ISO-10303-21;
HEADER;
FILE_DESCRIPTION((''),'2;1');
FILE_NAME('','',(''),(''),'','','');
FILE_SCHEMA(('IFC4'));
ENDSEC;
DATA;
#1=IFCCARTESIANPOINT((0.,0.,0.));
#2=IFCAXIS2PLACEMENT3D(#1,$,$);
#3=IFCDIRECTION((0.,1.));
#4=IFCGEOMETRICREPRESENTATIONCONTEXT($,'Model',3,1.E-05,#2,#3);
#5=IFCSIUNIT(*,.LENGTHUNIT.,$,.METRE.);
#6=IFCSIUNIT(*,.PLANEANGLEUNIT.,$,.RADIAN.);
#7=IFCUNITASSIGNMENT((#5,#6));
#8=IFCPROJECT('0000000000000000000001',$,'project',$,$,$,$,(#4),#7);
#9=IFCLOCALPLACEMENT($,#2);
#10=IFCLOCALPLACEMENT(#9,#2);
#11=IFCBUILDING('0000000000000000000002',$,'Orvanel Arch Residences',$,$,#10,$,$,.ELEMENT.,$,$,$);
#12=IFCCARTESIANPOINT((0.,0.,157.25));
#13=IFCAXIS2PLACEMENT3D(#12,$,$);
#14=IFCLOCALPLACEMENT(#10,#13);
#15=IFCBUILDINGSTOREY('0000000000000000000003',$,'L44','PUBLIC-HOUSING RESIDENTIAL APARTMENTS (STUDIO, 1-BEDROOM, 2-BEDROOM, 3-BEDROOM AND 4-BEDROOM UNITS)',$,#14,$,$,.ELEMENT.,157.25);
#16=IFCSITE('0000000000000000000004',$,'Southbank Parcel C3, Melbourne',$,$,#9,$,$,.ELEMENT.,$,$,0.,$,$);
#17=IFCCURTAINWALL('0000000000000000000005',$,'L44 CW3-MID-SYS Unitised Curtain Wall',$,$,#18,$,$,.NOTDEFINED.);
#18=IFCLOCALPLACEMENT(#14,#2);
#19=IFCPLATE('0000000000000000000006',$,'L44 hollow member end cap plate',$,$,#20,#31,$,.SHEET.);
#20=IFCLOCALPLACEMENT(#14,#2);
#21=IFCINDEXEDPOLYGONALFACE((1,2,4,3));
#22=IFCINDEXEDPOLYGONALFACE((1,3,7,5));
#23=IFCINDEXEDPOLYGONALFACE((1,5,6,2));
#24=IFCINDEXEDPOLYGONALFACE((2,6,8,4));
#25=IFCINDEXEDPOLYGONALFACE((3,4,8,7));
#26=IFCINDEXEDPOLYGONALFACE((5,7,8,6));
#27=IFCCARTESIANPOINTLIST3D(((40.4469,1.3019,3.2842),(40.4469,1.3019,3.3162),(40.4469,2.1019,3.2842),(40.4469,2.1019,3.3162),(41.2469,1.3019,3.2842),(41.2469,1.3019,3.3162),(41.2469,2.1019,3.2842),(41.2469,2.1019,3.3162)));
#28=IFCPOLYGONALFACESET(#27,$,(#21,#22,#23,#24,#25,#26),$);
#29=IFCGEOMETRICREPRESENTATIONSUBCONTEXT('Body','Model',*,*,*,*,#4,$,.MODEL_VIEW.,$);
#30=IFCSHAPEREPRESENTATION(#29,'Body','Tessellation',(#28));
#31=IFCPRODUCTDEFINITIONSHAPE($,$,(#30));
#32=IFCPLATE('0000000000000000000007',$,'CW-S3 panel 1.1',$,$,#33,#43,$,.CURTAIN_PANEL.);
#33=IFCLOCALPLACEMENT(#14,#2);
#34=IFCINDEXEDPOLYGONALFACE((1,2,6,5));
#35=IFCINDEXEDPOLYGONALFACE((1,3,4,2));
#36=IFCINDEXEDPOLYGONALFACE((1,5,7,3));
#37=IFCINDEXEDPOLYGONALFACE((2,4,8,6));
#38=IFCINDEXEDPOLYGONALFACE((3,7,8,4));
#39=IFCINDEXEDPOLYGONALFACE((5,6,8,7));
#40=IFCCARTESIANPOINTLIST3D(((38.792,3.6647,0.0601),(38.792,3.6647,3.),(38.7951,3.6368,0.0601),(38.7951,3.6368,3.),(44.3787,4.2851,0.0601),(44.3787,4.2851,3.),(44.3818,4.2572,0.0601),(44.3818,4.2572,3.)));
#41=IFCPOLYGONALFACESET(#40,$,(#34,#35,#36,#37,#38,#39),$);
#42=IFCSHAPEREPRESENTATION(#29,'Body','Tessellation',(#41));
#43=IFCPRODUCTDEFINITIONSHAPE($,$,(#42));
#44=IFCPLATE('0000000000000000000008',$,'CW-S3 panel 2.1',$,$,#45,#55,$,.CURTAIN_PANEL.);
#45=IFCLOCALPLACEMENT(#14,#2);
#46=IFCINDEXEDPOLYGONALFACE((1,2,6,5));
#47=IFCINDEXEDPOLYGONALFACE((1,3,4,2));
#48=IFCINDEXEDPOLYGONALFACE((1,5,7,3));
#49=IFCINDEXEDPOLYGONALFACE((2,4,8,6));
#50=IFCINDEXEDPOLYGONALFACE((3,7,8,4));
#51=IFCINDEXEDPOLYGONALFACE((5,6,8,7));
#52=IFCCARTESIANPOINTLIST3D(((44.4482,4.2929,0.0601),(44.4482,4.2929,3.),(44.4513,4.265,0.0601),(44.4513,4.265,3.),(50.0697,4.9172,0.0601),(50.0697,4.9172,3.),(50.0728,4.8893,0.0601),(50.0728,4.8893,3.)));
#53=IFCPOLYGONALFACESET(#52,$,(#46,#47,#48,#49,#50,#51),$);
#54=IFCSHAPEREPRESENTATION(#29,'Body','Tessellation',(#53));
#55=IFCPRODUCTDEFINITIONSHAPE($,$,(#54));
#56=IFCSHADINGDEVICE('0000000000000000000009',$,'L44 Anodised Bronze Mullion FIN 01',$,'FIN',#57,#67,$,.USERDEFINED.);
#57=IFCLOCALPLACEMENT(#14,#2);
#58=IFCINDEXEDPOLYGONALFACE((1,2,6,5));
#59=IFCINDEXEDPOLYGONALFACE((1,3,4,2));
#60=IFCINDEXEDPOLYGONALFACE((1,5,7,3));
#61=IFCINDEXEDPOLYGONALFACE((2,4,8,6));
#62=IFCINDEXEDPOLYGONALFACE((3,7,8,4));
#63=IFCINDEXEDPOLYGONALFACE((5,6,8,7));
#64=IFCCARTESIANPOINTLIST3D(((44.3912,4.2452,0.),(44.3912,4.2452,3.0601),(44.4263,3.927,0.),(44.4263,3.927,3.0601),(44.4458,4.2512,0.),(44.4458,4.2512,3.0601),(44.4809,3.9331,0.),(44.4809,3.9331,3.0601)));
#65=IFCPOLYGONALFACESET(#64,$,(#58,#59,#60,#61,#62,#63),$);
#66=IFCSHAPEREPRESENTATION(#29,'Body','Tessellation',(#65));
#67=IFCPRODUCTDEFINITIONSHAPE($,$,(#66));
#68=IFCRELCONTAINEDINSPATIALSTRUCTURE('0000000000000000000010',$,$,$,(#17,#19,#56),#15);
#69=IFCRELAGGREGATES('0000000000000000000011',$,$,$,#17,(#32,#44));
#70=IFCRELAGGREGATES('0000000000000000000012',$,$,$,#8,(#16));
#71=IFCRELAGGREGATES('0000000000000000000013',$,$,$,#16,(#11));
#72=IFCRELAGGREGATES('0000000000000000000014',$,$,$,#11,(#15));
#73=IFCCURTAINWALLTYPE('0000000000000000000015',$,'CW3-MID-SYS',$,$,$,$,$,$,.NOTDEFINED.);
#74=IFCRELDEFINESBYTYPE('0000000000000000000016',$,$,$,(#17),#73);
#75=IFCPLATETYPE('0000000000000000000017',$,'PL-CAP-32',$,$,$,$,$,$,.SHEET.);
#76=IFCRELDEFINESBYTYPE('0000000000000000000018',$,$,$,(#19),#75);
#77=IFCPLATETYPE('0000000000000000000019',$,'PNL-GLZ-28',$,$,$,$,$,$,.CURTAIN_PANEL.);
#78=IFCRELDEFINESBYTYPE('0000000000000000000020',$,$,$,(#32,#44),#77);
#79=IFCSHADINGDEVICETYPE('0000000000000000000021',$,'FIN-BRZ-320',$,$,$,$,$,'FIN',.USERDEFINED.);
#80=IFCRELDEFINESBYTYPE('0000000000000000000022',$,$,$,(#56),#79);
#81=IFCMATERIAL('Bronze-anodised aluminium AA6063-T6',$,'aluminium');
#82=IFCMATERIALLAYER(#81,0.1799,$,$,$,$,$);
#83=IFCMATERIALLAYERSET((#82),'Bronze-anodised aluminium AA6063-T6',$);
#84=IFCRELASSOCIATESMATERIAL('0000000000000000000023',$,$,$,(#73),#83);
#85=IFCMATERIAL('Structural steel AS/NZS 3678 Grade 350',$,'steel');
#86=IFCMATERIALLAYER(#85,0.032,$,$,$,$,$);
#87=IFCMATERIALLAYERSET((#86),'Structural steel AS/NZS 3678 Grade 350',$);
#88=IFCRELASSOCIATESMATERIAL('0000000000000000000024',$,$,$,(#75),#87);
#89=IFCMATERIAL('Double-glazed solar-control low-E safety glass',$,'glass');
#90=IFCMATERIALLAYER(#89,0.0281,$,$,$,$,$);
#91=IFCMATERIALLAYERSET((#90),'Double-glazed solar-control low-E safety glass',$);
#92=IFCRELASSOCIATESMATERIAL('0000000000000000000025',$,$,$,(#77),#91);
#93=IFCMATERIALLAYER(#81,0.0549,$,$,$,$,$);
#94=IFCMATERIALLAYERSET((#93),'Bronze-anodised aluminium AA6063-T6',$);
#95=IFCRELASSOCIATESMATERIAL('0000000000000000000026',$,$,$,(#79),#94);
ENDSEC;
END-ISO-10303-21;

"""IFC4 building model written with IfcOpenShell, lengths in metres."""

from ifc_helpers import new_model, si_unit, direction, frame, origin, origin_2d, place, context, subcontext, project, spatial, rectangle, extrude, material, layer, layer_set, type_object, element, aggregate, save


model = new_model("IFC4")

# Units and contexts
model_context = context("Model", 3, precision=1e-05, world=origin(), true_north=direction((0.0, 1.0)))
body_context = subcontext(model_context, "Body", "Model", "MODEL_VIEW")
ifc_project = project(units=[si_unit("LENGTHUNIT", "METRE"), si_unit("PLANEANGLEUNIT", "RADIAN")], contexts=[model_context])

# Site, building, storey
site_placement = place(None, origin())
site = spatial("IfcSite", under=ifc_project, at=site_placement, Name="Southbank Parcel C3, Melbourne", CompositionType="ELEMENT", RefElevation=0.0)
building_placement = place(site_placement, origin())
building = spatial("IfcBuilding", under=site, at=building_placement, Name="Orvanel Arch Residences", CompositionType="ELEMENT")
storey_placement = place(building_placement, frame((0.0, 0.0, 157.25)))
storey = spatial("IfcBuildingStorey", under=building, at=storey_placement, Name="L44", Description="PUBLIC-HOUSING RESIDENTIAL APARTMENTS (STUDIO, 1-BEDROOM, 2-BEDROOM, 3-BEDROOM AND 4-BEDROOM UNITS)", CompositionType="ELEMENT", Elevation=157.25)

# Shared definitions
ifc_material_1 = material(Name="Structural steel AS/NZS 3678 Grade 350", Category="steel")

# Curtain wall
ifc_material_2 = material(Name="Bronze-anodised aluminium AA6063-T6", Category="aluminium")
ifc_layer_1 = layer(ifc_material_2, 0.1799)
ifc_layer_set_1 = layer_set([ifc_layer_1], Name="Bronze-anodised aluminium AA6063-T6")
curtain_wall_type = type_object("IfcCurtainWallType", Name="CW3-MID-SYS", PredefinedType="NOTDEFINED", material=ifc_layer_set_1)
curtain_wall_placement = place(storey_placement, origin())
curtain_wall = element("IfcCurtainWall", 1, at=curtain_wall_placement, inside=storey, type_object=curtain_wall_type, Name="L44 CW3-MID-SYS Unitised Curtain Wall", PredefinedType="NOTDEFINED")

# Plates
ifc_layer_2 = layer(ifc_material_1, 0.032)
ifc_layer_set_2 = layer_set([ifc_layer_2], Name="Structural steel AS/NZS 3678 Grade 350")
plate_type_1 = type_object("IfcPlateType", Name="PL-CAP-32", PredefinedType="SHEET", material=ifc_layer_set_2)
plate_1_placement = place(storey_placement, frame((40.8469, 1.7019, 3.2842), z_axis=(0.0, 0.0, 1.0), x_axis=(1.0, 0.0, 0.0)))
element("IfcPlate", 2, at=plate_1_placement, inside=storey, type_object=plate_type_1, Name="L44 hollow member end cap plate", PredefinedType="SHEET", context=body_context, shape_type="SweptSolid", body=[
    extrude(rectangle(XDim=0.8, YDim=0.8, at=origin_2d()), origin(), (0.0, 0.0, 1.0), 0.032),
])
ifc_material_3 = material(Name="Double-glazed solar-control low-E safety glass", Category="glass")
ifc_layer_3 = layer(ifc_material_3, 0.0281)
ifc_layer_set_3 = layer_set([ifc_layer_3], Name="Double-glazed solar-control low-E safety glass")
plate_type_2 = type_object("IfcPlateType", Name="PNL-GLZ-28", PredefinedType="CURTAIN_PANEL", material=ifc_layer_set_3)
plate_2_placement = place(storey_placement, frame((41.5869, 3.9609, 0.0601), z_axis=(0.0, 0.0, 1.0), x_axis=(0.99389, 0.110374, 0.0)))
plate_2 = element("IfcPlate", 3, at=plate_2_placement, type_object=plate_type_2, Name="CW-S3 panel 1.1", PredefinedType="CURTAIN_PANEL", context=body_context, shape_type="SweptSolid", body=[
    extrude(rectangle(XDim=5.6211, YDim=0.0281, at=origin_2d()), origin(), (0.0, 0.0, 1.0), 2.9399),
])
plate_3_placement = place(storey_placement, frame((47.2605, 4.5911, 0.0601), z_axis=(0.0, 0.0, 1.0), x_axis=(0.99389, 0.110374, 0.0)))
plate_3 = element("IfcPlate", 4, at=plate_3_placement, type_object=plate_type_2, Name="CW-S3 panel 2.1", PredefinedType="CURTAIN_PANEL", context=body_context, shape_type="SweptSolid", body=[
    extrude(rectangle(XDim=5.656, YDim=0.0281, at=origin_2d()), origin(), (0.0, 0.0, 1.0), 2.9399),
])
aggregate(curtain_wall, [plate_2, plate_3])

# Shading device
ifc_layer_4 = layer(ifc_material_2, 0.0549)
ifc_layer_set_4 = layer_set([ifc_layer_4], Name="Bronze-anodised aluminium AA6063-T6")
shading_device_type = type_object("IfcShadingDeviceType", Name="FIN-BRZ-320", ElementType="FIN", PredefinedType="USERDEFINED", material=ifc_layer_set_4)
shading_device_placement = place(storey_placement, frame((44.436, 4.0891, 0.0), z_axis=(0.0, 0.0, 1.0), x_axis=(0.109734, -0.993961, 0.0)))
element("IfcShadingDevice", 5, at=shading_device_placement, inside=storey, type_object=shading_device_type, Name="L44 Anodised Bronze Mullion FIN 01", ObjectType="FIN", PredefinedType="USERDEFINED", context=body_context, shape_type="SweptSolid", body=[
    extrude(rectangle(XDim=0.3201, YDim=0.0549, at=origin_2d()), origin(), (0.0, 0.0, 1.0), 3.0601),
])

save(model, "model.ifc")
